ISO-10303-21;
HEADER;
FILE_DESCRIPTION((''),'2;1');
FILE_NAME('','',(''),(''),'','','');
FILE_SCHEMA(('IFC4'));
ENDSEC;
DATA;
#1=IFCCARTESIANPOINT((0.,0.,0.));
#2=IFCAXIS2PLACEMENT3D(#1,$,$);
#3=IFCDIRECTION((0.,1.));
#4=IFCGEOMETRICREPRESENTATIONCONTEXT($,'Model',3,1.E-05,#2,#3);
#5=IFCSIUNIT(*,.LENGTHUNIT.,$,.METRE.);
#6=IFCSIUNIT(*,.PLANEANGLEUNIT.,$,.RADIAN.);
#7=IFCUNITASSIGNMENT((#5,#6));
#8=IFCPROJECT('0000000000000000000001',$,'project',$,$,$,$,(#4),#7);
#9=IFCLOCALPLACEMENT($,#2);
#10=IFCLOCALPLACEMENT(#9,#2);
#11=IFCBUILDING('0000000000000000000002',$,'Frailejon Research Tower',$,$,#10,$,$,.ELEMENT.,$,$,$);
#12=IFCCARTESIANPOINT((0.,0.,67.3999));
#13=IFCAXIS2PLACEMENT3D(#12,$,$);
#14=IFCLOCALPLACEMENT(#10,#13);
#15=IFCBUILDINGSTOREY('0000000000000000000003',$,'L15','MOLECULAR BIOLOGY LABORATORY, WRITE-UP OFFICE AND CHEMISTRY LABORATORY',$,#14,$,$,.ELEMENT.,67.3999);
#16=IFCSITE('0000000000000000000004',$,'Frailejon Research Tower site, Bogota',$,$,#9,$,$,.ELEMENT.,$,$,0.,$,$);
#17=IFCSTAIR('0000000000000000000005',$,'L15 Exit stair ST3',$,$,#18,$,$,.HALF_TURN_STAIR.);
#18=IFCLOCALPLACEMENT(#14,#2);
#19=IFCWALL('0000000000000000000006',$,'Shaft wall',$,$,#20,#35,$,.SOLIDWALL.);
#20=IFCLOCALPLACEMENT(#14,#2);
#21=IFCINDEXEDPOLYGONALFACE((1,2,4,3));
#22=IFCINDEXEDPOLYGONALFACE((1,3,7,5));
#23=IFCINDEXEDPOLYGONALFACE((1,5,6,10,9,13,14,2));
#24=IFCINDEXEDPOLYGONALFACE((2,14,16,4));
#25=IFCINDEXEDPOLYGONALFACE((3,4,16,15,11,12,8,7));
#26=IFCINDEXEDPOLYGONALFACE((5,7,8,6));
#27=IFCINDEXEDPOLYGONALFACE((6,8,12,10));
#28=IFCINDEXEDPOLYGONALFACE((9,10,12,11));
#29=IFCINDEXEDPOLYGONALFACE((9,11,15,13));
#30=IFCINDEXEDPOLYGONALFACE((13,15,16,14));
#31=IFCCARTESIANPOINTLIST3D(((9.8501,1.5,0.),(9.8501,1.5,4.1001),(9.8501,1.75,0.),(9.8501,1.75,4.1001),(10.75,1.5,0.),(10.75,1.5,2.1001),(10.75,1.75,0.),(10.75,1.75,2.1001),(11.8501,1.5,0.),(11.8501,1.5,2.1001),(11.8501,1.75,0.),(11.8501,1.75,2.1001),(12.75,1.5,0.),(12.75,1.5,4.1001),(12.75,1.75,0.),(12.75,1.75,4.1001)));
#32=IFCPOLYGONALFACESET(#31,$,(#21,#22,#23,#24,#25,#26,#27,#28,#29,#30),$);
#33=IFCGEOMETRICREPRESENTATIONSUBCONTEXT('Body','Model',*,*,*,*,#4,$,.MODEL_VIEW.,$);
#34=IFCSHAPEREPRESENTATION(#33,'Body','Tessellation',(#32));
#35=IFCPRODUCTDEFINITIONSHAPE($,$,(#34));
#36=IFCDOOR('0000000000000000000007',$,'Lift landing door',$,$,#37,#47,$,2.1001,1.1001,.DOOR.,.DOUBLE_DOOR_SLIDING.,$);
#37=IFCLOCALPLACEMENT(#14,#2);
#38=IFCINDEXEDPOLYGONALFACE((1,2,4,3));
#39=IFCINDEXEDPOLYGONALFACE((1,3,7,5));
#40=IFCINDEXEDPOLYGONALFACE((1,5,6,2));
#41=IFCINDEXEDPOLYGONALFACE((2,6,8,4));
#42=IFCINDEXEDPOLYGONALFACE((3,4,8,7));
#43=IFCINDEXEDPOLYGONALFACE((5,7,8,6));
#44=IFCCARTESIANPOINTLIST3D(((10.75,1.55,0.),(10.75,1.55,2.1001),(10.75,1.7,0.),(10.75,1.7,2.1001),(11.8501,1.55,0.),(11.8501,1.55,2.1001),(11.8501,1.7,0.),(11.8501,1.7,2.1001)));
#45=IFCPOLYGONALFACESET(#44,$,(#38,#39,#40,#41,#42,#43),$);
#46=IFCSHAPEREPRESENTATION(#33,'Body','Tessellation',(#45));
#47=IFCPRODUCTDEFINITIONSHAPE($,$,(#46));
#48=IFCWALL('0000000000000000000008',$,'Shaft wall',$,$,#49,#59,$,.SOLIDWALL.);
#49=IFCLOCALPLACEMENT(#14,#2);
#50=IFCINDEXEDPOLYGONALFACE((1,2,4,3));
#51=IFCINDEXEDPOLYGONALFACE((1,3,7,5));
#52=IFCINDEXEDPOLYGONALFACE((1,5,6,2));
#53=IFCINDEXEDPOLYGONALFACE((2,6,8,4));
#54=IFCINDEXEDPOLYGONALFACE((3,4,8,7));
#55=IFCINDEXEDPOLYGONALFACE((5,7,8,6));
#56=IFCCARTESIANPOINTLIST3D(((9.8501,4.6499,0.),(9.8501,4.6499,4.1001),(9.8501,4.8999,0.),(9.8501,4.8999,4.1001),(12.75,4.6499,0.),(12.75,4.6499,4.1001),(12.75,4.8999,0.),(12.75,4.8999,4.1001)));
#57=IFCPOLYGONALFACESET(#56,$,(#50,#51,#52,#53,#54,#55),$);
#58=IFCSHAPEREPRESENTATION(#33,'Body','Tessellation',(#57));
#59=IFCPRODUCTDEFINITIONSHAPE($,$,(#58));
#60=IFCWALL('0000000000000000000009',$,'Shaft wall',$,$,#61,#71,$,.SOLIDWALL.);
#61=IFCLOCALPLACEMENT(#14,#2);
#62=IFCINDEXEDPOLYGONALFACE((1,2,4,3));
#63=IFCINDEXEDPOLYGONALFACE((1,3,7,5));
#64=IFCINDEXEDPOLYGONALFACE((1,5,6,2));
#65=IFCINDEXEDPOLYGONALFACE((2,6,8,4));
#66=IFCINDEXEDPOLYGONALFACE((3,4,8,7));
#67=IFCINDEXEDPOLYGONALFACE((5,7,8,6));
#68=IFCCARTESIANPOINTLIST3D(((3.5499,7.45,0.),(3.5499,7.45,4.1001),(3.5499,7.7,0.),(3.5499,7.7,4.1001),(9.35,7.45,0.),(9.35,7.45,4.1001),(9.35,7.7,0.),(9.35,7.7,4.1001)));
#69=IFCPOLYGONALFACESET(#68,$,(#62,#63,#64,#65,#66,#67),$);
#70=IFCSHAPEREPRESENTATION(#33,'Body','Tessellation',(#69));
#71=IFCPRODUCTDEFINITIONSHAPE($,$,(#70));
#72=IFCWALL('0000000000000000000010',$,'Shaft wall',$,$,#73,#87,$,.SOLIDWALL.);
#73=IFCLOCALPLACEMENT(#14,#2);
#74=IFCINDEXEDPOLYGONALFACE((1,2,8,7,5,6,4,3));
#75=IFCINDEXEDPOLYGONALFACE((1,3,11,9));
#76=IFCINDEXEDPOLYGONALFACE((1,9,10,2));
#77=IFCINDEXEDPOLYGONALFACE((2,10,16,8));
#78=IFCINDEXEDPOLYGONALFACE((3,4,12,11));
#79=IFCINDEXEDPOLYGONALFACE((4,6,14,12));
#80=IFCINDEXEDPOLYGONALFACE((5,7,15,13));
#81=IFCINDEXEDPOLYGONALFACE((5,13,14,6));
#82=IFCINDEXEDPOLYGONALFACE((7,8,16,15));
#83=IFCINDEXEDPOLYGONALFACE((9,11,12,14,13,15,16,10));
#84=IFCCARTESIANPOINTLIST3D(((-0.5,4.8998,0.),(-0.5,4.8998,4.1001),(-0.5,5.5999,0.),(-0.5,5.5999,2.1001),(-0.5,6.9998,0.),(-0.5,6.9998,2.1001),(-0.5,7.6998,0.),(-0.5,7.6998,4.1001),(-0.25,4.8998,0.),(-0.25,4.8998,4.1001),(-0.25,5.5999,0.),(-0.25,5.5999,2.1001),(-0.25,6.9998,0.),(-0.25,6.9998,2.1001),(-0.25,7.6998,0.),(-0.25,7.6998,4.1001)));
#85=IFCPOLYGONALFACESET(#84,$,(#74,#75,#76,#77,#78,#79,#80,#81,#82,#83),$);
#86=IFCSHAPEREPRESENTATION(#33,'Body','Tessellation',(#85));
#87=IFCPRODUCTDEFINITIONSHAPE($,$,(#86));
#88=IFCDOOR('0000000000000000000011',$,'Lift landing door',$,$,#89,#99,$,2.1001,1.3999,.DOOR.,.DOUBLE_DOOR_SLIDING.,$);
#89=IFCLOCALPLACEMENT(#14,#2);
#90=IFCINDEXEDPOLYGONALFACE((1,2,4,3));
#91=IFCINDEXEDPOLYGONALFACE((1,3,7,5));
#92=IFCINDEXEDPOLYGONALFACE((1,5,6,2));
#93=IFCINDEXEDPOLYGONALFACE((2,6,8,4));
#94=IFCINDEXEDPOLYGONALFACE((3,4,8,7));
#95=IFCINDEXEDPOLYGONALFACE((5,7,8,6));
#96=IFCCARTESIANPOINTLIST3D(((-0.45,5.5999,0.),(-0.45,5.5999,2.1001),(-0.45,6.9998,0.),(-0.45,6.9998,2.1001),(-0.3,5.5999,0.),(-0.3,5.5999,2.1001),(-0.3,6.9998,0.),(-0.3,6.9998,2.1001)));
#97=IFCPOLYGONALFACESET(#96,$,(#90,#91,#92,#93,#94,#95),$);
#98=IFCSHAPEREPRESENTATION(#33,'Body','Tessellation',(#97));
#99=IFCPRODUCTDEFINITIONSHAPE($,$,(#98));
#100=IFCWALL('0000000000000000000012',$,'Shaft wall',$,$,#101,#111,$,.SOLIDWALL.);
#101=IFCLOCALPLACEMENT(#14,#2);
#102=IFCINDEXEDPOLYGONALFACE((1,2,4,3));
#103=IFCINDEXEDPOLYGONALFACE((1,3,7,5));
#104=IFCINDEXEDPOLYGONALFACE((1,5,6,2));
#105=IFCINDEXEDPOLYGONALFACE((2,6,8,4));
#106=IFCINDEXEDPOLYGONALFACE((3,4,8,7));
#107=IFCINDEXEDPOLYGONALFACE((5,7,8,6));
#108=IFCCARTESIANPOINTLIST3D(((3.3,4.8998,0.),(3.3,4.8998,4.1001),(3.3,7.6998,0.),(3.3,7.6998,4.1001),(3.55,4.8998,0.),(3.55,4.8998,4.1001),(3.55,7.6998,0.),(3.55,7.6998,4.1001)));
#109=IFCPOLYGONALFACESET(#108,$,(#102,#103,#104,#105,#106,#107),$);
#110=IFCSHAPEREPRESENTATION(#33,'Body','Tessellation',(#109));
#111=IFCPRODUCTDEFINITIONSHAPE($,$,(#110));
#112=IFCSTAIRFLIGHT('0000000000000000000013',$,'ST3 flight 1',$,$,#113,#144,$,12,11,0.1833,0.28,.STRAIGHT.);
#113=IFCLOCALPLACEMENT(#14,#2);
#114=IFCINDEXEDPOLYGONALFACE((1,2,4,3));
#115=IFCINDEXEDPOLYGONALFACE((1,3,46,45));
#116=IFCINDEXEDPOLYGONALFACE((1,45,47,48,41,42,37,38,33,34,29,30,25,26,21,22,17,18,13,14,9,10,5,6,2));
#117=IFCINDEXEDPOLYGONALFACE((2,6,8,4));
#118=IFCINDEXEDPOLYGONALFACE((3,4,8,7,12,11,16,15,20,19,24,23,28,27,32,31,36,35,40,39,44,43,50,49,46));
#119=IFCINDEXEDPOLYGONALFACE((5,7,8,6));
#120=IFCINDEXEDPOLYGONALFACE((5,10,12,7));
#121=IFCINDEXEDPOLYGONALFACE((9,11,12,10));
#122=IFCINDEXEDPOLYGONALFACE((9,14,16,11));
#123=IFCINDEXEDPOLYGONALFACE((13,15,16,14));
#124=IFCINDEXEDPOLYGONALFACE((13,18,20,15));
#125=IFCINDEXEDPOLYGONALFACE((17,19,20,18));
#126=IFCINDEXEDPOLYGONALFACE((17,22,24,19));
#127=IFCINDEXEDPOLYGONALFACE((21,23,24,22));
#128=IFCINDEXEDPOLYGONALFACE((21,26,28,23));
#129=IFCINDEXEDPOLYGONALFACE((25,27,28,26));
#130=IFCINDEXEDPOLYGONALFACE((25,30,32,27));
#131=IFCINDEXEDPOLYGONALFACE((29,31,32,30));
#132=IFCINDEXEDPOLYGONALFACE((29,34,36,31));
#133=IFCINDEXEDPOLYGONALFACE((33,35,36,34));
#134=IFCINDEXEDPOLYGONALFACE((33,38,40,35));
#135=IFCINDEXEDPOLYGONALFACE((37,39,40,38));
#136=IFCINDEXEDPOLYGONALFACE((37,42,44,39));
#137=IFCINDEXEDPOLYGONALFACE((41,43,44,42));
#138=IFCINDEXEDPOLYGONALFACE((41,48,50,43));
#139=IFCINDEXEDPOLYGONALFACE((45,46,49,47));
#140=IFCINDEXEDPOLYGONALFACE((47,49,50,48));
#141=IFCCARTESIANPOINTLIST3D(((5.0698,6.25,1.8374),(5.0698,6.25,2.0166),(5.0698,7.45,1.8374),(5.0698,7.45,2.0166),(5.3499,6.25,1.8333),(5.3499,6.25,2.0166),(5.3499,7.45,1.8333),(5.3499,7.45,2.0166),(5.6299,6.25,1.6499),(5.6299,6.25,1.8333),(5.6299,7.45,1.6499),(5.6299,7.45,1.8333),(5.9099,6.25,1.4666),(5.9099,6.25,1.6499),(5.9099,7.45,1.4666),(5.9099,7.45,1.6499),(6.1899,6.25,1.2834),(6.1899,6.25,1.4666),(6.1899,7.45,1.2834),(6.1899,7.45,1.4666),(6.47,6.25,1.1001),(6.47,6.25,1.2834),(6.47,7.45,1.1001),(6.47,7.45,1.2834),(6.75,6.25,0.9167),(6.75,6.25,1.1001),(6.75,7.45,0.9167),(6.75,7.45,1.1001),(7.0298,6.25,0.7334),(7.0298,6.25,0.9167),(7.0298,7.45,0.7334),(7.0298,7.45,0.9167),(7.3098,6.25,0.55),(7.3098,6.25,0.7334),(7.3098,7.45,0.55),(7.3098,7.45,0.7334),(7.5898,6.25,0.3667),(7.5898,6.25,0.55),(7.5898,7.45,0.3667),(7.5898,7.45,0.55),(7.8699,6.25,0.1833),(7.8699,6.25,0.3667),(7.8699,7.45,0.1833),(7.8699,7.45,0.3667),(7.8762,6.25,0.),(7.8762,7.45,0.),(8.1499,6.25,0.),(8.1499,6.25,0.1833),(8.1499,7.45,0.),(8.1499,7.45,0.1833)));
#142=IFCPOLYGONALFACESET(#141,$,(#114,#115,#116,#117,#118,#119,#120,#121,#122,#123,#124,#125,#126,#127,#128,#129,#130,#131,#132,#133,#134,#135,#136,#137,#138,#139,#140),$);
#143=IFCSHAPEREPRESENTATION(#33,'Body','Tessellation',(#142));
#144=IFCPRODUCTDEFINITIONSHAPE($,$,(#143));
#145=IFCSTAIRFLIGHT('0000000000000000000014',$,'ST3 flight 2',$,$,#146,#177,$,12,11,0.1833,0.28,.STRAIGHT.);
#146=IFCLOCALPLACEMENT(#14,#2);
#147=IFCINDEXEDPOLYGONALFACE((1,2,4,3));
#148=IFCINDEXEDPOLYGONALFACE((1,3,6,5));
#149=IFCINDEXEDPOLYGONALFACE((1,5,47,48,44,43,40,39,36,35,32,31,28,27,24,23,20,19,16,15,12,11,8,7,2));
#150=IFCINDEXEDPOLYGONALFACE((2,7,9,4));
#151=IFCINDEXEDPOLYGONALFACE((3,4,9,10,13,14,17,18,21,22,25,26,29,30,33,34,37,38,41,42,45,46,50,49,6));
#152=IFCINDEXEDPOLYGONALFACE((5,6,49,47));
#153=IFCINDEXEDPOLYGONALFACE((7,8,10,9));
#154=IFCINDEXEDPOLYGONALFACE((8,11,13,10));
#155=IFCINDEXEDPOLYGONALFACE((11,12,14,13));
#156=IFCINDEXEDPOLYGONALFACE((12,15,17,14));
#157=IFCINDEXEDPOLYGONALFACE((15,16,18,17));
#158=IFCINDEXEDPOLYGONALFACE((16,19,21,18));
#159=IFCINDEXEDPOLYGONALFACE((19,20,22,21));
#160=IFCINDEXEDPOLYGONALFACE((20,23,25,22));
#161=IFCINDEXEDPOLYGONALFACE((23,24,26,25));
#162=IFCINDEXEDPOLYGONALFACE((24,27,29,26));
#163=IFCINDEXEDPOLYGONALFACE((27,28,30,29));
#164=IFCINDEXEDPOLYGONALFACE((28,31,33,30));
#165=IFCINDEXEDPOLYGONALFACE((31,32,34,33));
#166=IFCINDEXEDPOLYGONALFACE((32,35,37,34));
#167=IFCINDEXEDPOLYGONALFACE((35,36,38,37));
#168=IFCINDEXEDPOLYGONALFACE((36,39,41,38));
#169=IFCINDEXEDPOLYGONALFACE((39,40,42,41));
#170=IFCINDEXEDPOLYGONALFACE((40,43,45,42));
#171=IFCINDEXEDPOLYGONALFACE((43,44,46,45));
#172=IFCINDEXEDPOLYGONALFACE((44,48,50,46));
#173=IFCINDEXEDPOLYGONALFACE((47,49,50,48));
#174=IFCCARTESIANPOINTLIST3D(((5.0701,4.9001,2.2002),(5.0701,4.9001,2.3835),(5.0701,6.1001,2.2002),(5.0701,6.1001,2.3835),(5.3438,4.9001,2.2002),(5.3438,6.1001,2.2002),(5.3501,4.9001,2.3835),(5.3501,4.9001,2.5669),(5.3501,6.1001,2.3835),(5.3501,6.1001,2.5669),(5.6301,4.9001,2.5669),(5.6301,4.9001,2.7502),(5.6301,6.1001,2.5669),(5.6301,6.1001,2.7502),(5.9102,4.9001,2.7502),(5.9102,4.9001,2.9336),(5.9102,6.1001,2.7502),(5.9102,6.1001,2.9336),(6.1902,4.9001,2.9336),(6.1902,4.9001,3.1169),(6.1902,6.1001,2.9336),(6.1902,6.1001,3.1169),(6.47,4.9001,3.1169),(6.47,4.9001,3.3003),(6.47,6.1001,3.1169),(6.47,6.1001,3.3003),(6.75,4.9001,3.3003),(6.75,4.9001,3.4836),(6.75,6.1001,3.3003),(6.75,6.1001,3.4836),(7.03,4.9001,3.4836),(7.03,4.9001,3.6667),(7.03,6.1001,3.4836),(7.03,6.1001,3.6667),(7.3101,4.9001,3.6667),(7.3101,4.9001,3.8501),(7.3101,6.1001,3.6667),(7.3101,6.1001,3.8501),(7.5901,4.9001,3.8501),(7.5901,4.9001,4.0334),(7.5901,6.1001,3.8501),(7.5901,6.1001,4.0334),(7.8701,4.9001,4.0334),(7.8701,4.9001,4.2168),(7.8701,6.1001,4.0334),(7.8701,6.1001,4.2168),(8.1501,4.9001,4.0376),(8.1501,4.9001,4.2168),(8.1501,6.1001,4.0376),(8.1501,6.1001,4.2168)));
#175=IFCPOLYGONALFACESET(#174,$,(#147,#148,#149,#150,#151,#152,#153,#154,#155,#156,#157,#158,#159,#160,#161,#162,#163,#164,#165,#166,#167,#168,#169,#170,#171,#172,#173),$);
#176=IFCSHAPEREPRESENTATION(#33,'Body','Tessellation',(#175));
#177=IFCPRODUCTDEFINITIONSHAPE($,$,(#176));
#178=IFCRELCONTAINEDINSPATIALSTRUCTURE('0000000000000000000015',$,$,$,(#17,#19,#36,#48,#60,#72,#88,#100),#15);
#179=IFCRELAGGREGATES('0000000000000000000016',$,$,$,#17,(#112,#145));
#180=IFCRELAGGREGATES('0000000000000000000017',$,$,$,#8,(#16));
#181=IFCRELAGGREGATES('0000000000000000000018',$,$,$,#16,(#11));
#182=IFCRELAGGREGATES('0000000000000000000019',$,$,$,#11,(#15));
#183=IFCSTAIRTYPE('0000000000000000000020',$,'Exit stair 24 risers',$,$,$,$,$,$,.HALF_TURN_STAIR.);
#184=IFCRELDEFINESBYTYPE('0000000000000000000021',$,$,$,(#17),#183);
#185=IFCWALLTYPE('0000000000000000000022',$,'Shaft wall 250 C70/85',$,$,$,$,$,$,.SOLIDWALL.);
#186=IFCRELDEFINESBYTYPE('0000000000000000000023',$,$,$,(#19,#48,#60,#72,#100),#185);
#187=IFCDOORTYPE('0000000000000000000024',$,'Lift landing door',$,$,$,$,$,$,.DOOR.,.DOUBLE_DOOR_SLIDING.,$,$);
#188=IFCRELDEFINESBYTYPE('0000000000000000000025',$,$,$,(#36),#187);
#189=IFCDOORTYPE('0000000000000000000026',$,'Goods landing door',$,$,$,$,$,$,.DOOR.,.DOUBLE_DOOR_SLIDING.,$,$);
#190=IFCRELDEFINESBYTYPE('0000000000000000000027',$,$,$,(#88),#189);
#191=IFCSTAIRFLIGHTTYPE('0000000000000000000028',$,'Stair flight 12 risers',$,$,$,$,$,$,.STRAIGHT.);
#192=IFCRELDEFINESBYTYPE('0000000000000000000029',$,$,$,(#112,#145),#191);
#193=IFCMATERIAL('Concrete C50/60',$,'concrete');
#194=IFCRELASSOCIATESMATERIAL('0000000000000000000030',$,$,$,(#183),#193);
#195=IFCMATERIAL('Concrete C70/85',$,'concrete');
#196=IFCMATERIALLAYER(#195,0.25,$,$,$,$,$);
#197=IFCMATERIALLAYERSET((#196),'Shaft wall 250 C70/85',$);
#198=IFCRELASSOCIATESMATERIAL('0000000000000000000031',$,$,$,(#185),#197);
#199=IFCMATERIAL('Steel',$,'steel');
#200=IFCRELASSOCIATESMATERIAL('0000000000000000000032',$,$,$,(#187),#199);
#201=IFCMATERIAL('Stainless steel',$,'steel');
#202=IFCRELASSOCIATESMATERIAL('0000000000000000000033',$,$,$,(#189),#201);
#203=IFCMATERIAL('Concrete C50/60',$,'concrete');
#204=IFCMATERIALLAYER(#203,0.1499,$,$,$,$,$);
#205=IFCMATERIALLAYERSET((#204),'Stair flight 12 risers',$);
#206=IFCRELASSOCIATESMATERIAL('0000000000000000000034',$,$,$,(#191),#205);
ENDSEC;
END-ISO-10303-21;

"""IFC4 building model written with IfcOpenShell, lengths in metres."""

from ifc_helpers import new_model, si_unit, direction, frame, frame_2d, origin, place, context, subcontext, project, spatial, polyline, rectangle, outline, extrude, material, layer, layer_set, type_object, element, fill, aggregate, save


model = new_model("IFC4")

# Units and contexts
model_context = context("Model", 3, precision=1e-05, world=origin(), true_north=direction((0.0, 1.0)))
body_context = subcontext(model_context, "Body", "Model", "MODEL_VIEW")
ifc_project = project(units=[si_unit("LENGTHUNIT", "METRE"), si_unit("PLANEANGLEUNIT", "RADIAN")], contexts=[model_context])

# Site, building, storey
site_placement = place(None, origin())
site = spatial("IfcSite", under=ifc_project, at=site_placement, Name="Frailejon Research Tower site, Bogota", CompositionType="ELEMENT", RefElevation=0.0)
building_placement = place(site_placement, origin())
building = spatial("IfcBuilding", under=site, at=building_placement, Name="Frailejon Research Tower", CompositionType="ELEMENT")
storey_placement = place(building_placement, frame((0.0, 0.0, 67.3999)))
storey = spatial("IfcBuildingStorey", under=building, at=storey_placement, Name="L15", Description="MOLECULAR BIOLOGY LABORATORY, WRITE-UP OFFICE AND CHEMISTRY LABORATORY", CompositionType="ELEMENT", Elevation=67.3999)

# Stair
ifc_material_1 = material(Name="Concrete C50/60", Category="concrete")
stair_type = type_object("IfcStairType", Name="Exit stair 24 risers", PredefinedType="HALF_TURN_STAIR", material=ifc_material_1)
stair_placement = place(storey_placement, origin())
stair = element("IfcStair", 1, at=stair_placement, inside=storey, type_object=stair_type, Name="L15 Exit stair ST3", PredefinedType="HALF_TURN_STAIR")

# Wall, opening, door
ifc_material_2 = material(Name="Concrete C70/85", Category="concrete")
ifc_layer_1 = layer(ifc_material_2, 0.25)
ifc_layer_set_1 = layer_set([ifc_layer_1], Name="Shaft wall 250 C70/85")
wall_type_1 = type_object("IfcWallType", Name="Shaft wall 250 C70/85", PredefinedType="SOLIDWALL", material=ifc_layer_set_1)
wall_1_placement = place(storey_placement, frame((9.8501, 1.625, 0.0), z_axis=(0.0, 0.0, 1.0), x_axis=(1.0, 0.0, 0.0)))
wall_1 = element("IfcWall", 2, at=wall_1_placement, inside=storey, type_object=wall_type_1, Name="Shaft wall", PredefinedType="SOLIDWALL", context=body_context, shape_type="SweptSolid", body=[
    extrude(rectangle(XDim=2.8999, YDim=0.25, at=frame_2d((1.45, 0.0))), origin(), (0.0, 0.0, 1.0), 4.1001),
])
opening_1_placement = place(wall_1_placement, frame((0.8999, 0.0, 0.0)))
opening_1 = element("IfcOpeningElement", 3, at=opening_1_placement, cuts=wall_1, PredefinedType="OPENING", context=body_context, shape_type="SweptSolid", body=[
    extrude(rectangle(XDim=1.1001, YDim=2.1001, at=frame_2d((0.55, 1.05))), frame((0.0, 0.135, 0.0), z_axis=(0.0, -1.0, 0.0), x_axis=(1.0, 0.0, 0.0)), (0.0, 0.0, 1.0), 0.27),
])
ifc_material_3 = material(Name="Steel", Category="steel")
door_type_1 = type_object("IfcDoorType", Name="Lift landing door", OperationType="DOUBLE_DOOR_SLIDING", PredefinedType="DOOR", material=ifc_material_3)
door_1_placement = place(opening_1_placement, origin())
door_1 = element("IfcDoor", 4, at=door_1_placement, inside=storey, type_object=door_type_1, Name="Lift landing door", OperationType="DOUBLE_DOOR_SLIDING", OverallHeight=2.1001, OverallWidth=1.1001, PredefinedType="DOOR", context=body_context, shape_type="SweptSolid", body=[
    extrude(rectangle(XDim=1.1001, YDim=2.1001, at=frame_2d((0.55, 1.05))), frame((0.0, 0.075, 0.0), z_axis=(0.0, -1.0, 0.0), x_axis=(1.0, 0.0, 0.0)), (0.0, 0.0, 1.0), 0.1499),
])
fill(opening_1, door_1)

# Walls
wall_2_placement = place(storey_placement, frame((9.8501, 4.7749, 0.0), z_axis=(0.0, 0.0, 1.0), x_axis=(1.0, 0.0, 0.0)))
element("IfcWall", 5, at=wall_2_placement, inside=storey, type_object=wall_type_1, Name="Shaft wall", PredefinedType="SOLIDWALL", context=body_context, shape_type="SweptSolid", body=[
    extrude(rectangle(XDim=2.8999, YDim=0.25, at=frame_2d((1.45, 0.0))), origin(), (0.0, 0.0, 1.0), 4.1001),
])
wall_3_placement = place(storey_placement, frame((3.55, 7.575, 0.0), z_axis=(0.0, 0.0, 1.0), x_axis=(1.0, 0.0, 0.0)))
element("IfcWall", 6, at=wall_3_placement, inside=storey, type_object=wall_type_1, Name="Shaft wall", PredefinedType="SOLIDWALL", context=body_context, shape_type="SweptSolid", body=[
    extrude(rectangle(XDim=5.8, YDim=0.25, at=frame_2d((2.8999, 0.0))), origin(), (0.0, 0.0, 1.0), 4.1001),
])

# Wall, opening, door
wall_4_placement = place(storey_placement, frame((-0.375, 4.8999, 0.0), z_axis=(0.0, 0.0, 1.0), x_axis=(0.0, 1.0, 0.0)))
wall_4 = element("IfcWall", 7, at=wall_4_placement, inside=storey, type_object=wall_type_1, Name="Shaft wall", PredefinedType="SOLIDWALL", context=body_context, shape_type="SweptSolid", body=[
    extrude(rectangle(XDim=2.8, YDim=0.25, at=frame_2d((1.3999, 0.0))), origin(), (0.0, 0.0, 1.0), 4.1001),
])
opening_2_placement = place(wall_4_placement, frame((0.7, 0.0, 0.0)))
opening_2 = element("IfcOpeningElement", 8, at=opening_2_placement, cuts=wall_4, PredefinedType="OPENING", context=body_context, shape_type="SweptSolid", body=[
    extrude(rectangle(XDim=1.3999, YDim=2.1001, at=frame_2d((0.7, 1.05))), frame((0.0, 0.135, 0.0), z_axis=(0.0, -1.0, 0.0), x_axis=(1.0, 0.0, 0.0)), (0.0, 0.0, 1.0), 0.27),
])
ifc_material_4 = material(Name="Stainless steel", Category="steel")
door_type_2 = type_object("IfcDoorType", Name="Goods landing door", OperationType="DOUBLE_DOOR_SLIDING", PredefinedType="DOOR", material=ifc_material_4)
door_2_placement = place(opening_2_placement, origin())
door_2 = element("IfcDoor", 9, at=door_2_placement, inside=storey, type_object=door_type_2, Name="Lift landing door", OperationType="DOUBLE_DOOR_SLIDING", OverallHeight=2.1001, OverallWidth=1.3999, PredefinedType="DOOR", context=body_context, shape_type="SweptSolid", body=[
    extrude(rectangle(XDim=1.3999, YDim=2.1001, at=frame_2d((0.7, 1.05))), frame((0.0, 0.075, 0.0), z_axis=(0.0, -1.0, 0.0), x_axis=(1.0, 0.0, 0.0)), (0.0, 0.0, 1.0), 0.1499),
])
fill(opening_2, door_2)

# Wall
wall_5_placement = place(storey_placement, frame((3.425, 4.8999, 0.0), z_axis=(0.0, 0.0, 1.0), x_axis=(0.0, 1.0, 0.0)))
element("IfcWall", 10, at=wall_5_placement, inside=storey, type_object=wall_type_1, Name="Shaft wall", PredefinedType="SOLIDWALL", context=body_context, shape_type="SweptSolid", body=[
    extrude(rectangle(XDim=2.8, YDim=0.25, at=frame_2d((1.3999, 0.0))), origin(), (0.0, 0.0, 1.0), 4.1001),
])

# Stair flights
ifc_material_5 = material(Name="Concrete C50/60", Category="concrete")
ifc_layer_2 = layer(ifc_material_5, 0.1499)
ifc_layer_set_2 = layer_set([ifc_layer_2], Name="Stair flight 12 risers")
stair_flight_type = type_object("IfcStairFlightType", Name="Stair flight 12 risers", PredefinedType="STRAIGHT", material=ifc_layer_set_2)
stair_flight_1_placement = place(storey_placement, frame((8.1499, 6.8501, 0.0), z_axis=(0.0, 0.0, 1.0), x_axis=(-1.0, 0.0, 0.0)))
stair_flight_1 = element("IfcStairFlight", 11, at=stair_flight_1_placement, type_object=stair_flight_type, Name="ST3 flight 1", NumberOfRisers=12, NumberOfTreads=11, PredefinedType="STRAIGHT", RiserHeight=0.1833, TreadLength=0.28, context=body_context, shape_type="SweptSolid", body=[
    extrude(outline(polyline([(0.0, 0.0), (0.0, 0.1833), (0.28, 0.1833), (0.28, 0.3667), (0.5601, 0.3667), (0.5601, 0.55), (0.8401, 0.55), (0.8401, 0.7334), (1.1201, 0.7334), (1.1201, 0.9167), (1.3999, 0.9167), (1.3999, 1.1001), (1.6799, 1.1001), (1.6799, 1.2834), (1.96, 1.2834), (1.96, 1.4666), (2.24, 1.4666), (2.24, 1.6499), (2.52, 1.6499), (2.52, 1.8333), (2.8, 1.8333), (2.8, 2.0166), (3.0801, 2.0166), (3.0801, 2.2), (3.0801, 1.8374), (0.2737, 0.0), (0.0, 0.0)])), frame((0.0, 0.6001, 0.0), z_axis=(0.0, -1.0, 0.0), x_axis=(1.0, 0.0, 0.0)), (0.0, 0.0, 1.0), 1.2),
])
stair_flight_2_placement = place(storey_placement, frame((5.0701, 5.5, 2.2002), z_axis=(0.0, 0.0, 1.0), x_axis=(1.0, 0.0, 0.0)))
stair_flight_2 = element("IfcStairFlight", 12, at=stair_flight_2_placement, type_object=stair_flight_type, Name="ST3 flight 2", NumberOfRisers=12, NumberOfTreads=11, PredefinedType="STRAIGHT", RiserHeight=0.1833, TreadLength=0.28, context=body_context, shape_type="SweptSolid", body=[
    extrude(outline(polyline([(0.0, 0.0), (0.0, 0.1833), (0.28, 0.1833), (0.28, 0.3667), (0.5601, 0.3667), (0.5601, 0.55), (0.8401, 0.55), (0.8401, 0.7334), (1.1201, 0.7334), (1.1201, 0.9167), (1.3999, 0.9167), (1.3999, 1.1001), (1.6799, 1.1001), (1.6799, 1.2834), (1.96, 1.2834), (1.96, 1.4666), (2.24, 1.4666), (2.24, 1.6499), (2.52, 1.6499), (2.52, 1.8333), (2.8, 1.8333), (2.8, 2.0166), (3.0801, 2.0166), (3.0801, 2.2), (3.0801, 1.8374), (0.2737, 0.0), (0.0, 0.0)])), frame((0.0, 0.6001, 0.0), z_axis=(0.0, -1.0, 0.0), x_axis=(1.0, 0.0, 0.0)), (0.0, 0.0, 1.0), 1.2),
])
aggregate(stair, [stair_flight_1, stair_flight_2])

save(model, "model.ifc")
